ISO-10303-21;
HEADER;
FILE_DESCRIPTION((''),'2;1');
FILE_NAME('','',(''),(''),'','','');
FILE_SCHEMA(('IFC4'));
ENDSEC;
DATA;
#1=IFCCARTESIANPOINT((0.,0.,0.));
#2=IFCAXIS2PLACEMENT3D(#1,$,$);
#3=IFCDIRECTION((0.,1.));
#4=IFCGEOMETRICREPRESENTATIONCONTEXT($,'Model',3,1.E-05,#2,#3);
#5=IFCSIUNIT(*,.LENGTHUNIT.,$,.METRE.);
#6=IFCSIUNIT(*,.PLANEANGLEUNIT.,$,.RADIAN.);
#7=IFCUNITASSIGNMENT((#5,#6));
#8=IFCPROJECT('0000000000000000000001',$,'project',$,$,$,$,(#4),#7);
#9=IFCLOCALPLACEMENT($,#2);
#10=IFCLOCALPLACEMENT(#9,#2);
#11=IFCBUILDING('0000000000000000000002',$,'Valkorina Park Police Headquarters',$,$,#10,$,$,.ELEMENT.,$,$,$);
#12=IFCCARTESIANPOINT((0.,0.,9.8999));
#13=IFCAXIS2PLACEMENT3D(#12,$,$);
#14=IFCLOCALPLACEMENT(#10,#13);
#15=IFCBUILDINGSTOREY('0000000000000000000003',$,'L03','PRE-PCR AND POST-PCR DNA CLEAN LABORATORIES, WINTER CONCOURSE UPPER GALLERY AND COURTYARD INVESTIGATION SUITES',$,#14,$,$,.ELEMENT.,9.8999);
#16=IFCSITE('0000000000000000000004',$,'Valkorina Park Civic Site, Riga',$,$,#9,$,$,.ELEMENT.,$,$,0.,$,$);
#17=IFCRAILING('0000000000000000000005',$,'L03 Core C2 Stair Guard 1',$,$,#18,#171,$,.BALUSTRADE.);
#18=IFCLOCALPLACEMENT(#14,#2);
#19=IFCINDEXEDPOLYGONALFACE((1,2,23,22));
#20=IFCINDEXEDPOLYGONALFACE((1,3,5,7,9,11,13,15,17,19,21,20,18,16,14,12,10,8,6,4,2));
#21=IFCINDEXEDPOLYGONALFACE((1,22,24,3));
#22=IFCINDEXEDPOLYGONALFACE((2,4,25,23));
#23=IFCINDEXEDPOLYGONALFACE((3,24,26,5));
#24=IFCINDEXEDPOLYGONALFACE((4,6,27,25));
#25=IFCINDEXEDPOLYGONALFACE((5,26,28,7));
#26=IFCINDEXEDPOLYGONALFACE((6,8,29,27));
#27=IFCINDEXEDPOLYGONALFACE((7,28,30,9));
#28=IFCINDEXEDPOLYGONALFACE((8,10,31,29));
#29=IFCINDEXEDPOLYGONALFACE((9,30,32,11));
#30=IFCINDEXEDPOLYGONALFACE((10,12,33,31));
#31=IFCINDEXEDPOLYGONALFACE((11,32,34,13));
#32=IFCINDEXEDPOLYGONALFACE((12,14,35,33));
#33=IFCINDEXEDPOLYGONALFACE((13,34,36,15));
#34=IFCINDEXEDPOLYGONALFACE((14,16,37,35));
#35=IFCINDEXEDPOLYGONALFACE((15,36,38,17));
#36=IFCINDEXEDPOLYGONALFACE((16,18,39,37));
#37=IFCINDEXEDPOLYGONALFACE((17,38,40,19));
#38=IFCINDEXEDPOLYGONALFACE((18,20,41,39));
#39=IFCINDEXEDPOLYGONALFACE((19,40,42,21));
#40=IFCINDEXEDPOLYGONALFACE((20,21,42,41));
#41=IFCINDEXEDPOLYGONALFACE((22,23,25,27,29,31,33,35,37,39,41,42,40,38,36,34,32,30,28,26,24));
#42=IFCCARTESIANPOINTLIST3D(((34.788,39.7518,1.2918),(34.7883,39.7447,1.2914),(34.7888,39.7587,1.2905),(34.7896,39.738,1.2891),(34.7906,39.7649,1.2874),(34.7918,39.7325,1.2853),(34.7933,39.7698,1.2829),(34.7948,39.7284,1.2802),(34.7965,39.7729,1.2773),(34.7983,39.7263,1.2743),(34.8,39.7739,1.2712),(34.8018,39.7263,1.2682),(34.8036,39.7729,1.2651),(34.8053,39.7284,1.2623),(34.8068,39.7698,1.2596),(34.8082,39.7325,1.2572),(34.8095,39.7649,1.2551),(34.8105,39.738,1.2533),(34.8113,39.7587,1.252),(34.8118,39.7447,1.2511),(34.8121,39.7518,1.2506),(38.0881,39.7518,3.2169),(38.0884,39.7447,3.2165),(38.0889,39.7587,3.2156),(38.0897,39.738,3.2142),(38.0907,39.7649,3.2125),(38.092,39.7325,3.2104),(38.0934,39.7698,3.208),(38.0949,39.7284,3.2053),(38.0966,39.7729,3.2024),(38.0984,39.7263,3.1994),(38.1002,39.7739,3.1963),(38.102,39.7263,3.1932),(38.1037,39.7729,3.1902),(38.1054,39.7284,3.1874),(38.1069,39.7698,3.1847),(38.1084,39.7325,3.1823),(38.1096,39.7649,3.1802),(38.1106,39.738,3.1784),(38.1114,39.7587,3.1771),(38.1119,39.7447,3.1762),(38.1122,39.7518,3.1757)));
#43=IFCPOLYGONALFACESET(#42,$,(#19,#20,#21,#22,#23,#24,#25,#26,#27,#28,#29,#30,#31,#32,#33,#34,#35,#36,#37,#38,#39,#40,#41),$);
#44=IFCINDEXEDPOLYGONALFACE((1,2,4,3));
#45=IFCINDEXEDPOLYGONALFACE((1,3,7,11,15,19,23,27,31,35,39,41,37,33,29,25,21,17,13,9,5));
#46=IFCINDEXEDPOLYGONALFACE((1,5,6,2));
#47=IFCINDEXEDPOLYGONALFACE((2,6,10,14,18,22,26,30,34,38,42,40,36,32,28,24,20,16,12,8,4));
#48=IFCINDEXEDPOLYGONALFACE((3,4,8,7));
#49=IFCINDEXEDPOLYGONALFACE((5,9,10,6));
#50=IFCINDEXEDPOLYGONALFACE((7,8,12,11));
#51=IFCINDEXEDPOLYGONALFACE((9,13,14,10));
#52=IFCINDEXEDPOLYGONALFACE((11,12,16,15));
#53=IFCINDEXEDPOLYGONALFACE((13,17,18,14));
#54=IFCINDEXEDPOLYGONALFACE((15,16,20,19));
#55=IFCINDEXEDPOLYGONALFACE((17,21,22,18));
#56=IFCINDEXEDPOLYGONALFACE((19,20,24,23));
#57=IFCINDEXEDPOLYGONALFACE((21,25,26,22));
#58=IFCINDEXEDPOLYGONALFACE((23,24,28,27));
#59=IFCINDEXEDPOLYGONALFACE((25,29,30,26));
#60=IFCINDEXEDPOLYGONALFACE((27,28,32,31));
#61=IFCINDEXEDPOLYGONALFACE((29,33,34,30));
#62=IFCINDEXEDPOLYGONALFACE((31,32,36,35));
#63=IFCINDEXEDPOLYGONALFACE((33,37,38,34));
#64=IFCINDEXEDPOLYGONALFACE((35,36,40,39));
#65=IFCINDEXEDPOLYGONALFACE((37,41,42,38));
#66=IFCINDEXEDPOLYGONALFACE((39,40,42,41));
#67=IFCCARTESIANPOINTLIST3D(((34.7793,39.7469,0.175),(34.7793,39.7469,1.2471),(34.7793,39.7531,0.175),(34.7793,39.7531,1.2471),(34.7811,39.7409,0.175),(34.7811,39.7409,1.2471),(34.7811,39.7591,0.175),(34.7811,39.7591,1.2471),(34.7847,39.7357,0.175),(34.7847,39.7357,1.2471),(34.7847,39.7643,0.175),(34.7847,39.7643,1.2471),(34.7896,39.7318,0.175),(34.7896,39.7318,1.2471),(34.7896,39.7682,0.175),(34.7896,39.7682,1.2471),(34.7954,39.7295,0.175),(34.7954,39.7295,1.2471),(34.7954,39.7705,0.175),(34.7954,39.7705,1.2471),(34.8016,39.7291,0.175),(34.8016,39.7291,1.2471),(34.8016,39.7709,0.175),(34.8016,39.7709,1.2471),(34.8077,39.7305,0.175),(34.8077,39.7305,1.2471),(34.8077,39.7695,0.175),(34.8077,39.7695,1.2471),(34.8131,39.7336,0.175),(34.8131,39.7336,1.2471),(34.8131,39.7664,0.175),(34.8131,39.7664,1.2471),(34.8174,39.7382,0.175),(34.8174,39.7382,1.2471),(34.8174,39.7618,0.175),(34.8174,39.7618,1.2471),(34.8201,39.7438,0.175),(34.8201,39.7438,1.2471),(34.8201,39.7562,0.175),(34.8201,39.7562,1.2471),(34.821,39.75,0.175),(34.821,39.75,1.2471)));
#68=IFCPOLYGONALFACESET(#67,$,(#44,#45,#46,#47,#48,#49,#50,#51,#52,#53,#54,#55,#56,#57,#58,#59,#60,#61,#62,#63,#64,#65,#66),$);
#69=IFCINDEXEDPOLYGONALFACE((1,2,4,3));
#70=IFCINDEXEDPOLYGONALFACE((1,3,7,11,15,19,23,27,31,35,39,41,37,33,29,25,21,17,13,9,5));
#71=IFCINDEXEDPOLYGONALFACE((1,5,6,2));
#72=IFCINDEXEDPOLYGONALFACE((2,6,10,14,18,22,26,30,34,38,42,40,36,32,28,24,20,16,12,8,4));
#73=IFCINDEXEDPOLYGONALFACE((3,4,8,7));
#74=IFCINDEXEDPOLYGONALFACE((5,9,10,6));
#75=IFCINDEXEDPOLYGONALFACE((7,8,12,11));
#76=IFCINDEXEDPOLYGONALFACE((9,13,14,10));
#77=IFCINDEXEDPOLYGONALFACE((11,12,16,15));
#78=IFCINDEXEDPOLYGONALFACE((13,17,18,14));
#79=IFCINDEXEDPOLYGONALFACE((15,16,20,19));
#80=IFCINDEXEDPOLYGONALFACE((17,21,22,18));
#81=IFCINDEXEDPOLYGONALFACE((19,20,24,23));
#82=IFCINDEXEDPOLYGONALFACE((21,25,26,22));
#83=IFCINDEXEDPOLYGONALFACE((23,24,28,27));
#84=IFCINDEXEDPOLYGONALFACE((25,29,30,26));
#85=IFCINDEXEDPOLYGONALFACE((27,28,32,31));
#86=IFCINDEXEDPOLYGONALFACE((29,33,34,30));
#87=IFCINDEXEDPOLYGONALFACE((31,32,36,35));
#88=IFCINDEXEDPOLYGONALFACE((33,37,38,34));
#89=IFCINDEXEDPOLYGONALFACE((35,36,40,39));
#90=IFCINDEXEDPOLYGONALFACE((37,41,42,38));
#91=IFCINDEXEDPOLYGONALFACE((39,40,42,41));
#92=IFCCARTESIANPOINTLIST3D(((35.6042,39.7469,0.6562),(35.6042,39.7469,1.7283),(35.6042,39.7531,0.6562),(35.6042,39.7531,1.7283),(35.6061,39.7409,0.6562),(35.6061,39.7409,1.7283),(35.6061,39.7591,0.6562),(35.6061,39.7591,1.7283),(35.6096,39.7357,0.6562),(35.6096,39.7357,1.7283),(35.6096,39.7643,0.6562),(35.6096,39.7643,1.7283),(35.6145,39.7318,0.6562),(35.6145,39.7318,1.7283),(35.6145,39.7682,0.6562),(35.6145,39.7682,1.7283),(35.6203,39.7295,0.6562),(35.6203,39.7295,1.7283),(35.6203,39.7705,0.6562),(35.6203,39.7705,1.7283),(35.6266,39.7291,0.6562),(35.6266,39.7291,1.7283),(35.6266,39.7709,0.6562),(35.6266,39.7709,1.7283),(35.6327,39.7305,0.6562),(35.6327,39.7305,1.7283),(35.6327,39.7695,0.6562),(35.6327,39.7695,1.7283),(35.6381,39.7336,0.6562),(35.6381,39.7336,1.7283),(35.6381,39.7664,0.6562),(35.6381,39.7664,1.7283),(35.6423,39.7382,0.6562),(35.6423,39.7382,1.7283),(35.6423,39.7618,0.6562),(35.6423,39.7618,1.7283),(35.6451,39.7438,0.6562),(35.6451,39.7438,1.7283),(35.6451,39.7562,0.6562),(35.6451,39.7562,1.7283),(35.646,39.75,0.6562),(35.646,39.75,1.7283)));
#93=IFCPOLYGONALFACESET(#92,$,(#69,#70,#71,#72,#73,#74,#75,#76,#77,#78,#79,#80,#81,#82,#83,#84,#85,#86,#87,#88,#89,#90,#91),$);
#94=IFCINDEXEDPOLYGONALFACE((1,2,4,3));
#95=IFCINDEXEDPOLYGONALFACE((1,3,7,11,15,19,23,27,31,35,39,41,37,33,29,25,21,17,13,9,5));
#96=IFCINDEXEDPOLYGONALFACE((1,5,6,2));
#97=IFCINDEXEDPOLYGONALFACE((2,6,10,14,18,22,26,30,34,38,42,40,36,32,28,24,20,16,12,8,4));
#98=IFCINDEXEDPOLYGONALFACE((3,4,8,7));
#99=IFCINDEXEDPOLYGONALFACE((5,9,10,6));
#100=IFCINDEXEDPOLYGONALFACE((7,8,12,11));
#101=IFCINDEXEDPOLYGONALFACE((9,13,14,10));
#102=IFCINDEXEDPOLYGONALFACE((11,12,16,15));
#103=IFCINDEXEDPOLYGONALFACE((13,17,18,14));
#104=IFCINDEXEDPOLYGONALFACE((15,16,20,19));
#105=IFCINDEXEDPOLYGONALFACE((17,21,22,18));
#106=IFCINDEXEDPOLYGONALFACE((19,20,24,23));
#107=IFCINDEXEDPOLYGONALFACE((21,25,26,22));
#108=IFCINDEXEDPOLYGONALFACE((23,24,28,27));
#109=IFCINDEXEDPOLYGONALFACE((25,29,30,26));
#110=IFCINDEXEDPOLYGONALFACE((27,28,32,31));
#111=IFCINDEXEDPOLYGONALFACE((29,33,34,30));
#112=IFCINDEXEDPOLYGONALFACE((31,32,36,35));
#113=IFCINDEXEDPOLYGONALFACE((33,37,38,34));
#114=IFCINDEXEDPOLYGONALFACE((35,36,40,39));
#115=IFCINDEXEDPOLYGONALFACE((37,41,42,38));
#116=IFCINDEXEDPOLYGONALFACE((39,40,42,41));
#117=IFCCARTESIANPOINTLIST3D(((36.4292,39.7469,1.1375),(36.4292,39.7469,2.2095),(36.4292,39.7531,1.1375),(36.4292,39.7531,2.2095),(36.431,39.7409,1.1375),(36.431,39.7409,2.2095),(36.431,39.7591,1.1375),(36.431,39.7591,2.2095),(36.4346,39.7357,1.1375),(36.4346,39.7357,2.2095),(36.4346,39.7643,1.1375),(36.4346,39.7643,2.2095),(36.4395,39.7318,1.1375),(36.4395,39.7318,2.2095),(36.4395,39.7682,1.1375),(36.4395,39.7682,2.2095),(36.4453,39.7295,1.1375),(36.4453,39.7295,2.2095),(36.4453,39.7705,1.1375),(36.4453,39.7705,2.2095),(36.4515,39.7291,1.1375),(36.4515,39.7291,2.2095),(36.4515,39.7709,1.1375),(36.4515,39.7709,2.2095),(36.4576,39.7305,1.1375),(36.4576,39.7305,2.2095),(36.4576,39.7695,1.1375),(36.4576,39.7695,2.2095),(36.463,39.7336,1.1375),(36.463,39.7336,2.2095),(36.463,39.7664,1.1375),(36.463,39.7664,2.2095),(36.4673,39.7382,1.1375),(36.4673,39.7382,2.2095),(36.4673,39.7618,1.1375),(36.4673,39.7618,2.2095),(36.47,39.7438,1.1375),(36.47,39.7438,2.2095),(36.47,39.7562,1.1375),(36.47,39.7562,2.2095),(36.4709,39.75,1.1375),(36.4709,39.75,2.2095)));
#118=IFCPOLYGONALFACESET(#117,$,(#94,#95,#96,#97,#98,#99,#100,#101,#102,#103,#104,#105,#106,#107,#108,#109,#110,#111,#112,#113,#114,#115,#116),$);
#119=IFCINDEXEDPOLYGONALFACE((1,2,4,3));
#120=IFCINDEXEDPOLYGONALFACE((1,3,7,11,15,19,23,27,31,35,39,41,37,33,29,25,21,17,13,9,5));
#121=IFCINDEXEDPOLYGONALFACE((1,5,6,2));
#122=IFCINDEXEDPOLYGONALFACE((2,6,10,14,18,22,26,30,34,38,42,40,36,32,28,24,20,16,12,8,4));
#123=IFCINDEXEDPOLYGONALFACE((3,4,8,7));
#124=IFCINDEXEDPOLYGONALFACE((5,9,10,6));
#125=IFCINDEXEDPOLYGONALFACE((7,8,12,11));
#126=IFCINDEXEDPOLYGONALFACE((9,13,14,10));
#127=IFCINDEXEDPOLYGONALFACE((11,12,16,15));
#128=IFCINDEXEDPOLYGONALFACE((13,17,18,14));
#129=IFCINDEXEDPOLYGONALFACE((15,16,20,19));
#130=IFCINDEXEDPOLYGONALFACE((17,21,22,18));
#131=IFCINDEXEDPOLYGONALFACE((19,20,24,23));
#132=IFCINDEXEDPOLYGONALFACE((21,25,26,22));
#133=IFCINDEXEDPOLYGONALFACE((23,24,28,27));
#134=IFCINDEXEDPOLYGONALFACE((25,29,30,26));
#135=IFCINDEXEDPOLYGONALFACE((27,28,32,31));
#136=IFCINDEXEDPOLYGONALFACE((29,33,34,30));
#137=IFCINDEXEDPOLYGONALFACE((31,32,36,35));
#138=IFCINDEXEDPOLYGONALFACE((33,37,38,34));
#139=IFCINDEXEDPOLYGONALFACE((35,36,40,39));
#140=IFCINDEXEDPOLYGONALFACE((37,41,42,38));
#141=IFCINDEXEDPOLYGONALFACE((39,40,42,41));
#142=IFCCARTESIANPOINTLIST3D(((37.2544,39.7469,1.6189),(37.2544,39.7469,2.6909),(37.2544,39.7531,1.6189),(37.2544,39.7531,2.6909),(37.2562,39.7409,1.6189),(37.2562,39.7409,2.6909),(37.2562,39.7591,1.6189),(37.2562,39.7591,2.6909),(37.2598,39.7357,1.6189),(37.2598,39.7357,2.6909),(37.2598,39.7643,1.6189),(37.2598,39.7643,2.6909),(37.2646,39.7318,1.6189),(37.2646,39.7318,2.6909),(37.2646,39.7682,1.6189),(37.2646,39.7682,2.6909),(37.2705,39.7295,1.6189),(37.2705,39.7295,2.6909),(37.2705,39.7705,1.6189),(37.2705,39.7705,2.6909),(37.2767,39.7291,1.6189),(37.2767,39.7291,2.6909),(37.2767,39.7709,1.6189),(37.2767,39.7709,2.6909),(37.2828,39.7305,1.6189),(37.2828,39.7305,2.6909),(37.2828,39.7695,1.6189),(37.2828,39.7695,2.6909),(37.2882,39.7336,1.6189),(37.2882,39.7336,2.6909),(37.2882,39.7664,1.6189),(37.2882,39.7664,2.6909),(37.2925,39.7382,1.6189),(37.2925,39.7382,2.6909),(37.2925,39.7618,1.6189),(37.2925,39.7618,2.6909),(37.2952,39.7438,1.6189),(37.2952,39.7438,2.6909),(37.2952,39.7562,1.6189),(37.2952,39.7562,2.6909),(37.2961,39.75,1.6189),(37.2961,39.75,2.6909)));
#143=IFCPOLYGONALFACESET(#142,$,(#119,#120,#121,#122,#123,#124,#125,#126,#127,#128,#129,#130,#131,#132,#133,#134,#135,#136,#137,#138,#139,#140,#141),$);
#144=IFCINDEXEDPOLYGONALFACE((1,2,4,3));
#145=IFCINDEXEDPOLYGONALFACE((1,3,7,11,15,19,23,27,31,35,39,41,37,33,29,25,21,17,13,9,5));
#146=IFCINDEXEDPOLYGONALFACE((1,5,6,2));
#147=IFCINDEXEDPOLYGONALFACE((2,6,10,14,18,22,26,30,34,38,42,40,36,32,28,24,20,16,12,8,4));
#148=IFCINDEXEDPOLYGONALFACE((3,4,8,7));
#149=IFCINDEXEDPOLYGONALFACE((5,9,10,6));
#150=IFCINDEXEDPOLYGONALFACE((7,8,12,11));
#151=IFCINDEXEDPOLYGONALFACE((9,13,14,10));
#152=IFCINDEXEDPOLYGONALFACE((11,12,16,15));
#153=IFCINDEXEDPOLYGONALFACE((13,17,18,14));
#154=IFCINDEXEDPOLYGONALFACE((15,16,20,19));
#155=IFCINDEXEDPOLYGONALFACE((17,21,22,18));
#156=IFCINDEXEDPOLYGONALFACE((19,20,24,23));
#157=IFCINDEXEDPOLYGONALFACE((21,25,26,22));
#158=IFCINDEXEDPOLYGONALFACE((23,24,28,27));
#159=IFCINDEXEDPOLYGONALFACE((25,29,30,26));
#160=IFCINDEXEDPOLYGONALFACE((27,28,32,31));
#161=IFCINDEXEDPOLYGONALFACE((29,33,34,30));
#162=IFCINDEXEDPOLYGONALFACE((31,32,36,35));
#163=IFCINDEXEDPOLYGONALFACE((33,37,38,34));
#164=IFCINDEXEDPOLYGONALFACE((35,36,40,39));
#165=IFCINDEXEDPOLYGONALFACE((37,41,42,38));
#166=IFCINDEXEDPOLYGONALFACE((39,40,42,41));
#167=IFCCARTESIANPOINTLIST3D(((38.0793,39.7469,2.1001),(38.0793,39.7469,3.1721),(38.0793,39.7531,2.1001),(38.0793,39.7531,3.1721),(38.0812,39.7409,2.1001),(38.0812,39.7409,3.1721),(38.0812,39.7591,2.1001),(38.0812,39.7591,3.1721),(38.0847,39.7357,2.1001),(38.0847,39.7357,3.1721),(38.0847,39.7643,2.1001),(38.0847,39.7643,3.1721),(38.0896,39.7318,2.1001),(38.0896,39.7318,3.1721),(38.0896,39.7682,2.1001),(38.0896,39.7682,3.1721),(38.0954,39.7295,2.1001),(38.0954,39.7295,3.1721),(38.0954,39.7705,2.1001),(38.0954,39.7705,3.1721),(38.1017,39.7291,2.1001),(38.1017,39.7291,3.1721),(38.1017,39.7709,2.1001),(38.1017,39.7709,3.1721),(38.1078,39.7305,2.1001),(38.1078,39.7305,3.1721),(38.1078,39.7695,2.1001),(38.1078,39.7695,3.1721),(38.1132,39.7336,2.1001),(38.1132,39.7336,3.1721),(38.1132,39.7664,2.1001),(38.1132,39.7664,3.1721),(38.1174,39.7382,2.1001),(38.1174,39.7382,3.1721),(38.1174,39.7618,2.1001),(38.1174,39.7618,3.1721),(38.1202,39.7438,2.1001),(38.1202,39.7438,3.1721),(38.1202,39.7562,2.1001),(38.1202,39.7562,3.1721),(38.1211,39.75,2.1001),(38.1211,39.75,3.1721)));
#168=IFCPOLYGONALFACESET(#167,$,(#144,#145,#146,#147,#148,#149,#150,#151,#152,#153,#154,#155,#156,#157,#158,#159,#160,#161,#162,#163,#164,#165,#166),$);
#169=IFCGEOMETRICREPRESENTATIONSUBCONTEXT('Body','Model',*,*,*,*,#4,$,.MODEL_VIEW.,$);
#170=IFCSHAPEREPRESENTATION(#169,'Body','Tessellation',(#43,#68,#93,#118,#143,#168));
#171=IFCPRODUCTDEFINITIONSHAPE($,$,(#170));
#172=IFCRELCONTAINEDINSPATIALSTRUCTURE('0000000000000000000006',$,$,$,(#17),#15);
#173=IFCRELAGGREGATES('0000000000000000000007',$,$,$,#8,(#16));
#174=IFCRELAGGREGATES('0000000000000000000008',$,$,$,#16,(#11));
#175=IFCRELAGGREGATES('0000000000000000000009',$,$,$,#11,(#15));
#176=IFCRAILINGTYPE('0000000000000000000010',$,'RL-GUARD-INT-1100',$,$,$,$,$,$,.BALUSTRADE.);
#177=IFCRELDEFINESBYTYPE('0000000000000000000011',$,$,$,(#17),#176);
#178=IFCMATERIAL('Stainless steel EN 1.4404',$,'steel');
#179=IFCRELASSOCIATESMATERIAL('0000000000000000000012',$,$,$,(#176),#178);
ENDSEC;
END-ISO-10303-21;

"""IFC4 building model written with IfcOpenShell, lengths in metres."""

from ifc_helpers import new_model, si_unit, direction, frame, origin, origin_2d, place, context, subcontext, project, spatial, circle, extrude, material, type_object, element, save


model = new_model("IFC4")

# Units and contexts
model_context = context("Model", 3, precision=1e-05, world=origin(), true_north=direction((0.0, 1.0)))
body_context = subcontext(model_context, "Body", "Model", "MODEL_VIEW")
ifc_project = project(units=[si_unit("LENGTHUNIT", "METRE"), si_unit("PLANEANGLEUNIT", "RADIAN")], contexts=[model_context])

# Site, building, storey
site_placement = place(None, origin())
site = spatial("IfcSite", under=ifc_project, at=site_placement, Name="Valkorina Park Civic Site, Riga", CompositionType="ELEMENT", RefElevation=0.0)
building_placement = place(site_placement, origin())
building = spatial("IfcBuilding", under=site, at=building_placement, Name="Valkorina Park Police Headquarters", CompositionType="ELEMENT")
storey_placement = place(building_placement, frame((0.0, 0.0, 9.8999)))
storey = spatial("IfcBuildingStorey", under=building, at=storey_placement, Name="L03", Description="PRE-PCR AND POST-PCR DNA CLEAN LABORATORIES, WINTER CONCOURSE UPPER GALLERY AND COURTYARD INVESTIGATION SUITES", CompositionType="ELEMENT", Elevation=9.8999)

# Shared definitions
ifc_material_1 = material(Name="Stainless steel EN 1.4404", Category="steel")

# Railing
railing_type_1 = type_object("IfcRailingType", Name="RL-GUARD-INT-1100", PredefinedType="BALUSTRADE", material=ifc_material_1)
railing_1_placement = place(storey_placement, frame((34.8, 39.75, 0.175)))
element("IfcRailing", 1, at=railing_1_placement, inside=storey, type_object=railing_type_1, Name="L03 Core C2 Stair Guard 1", PredefinedType="BALUSTRADE", context=body_context, shape_type="SweptSolid", body=[
    extrude(circle(Radius=0.0239, at=origin_2d()), frame((0.0, 0.0, 1.0962), z_axis=(0.863777, 0.0, 0.503875), x_axis=(0.0, 1.0, 0.0)), (0.0, 0.0, 1.0), 3.8206),
    extrude(circle(Radius=0.021, at=origin_2d()), origin(), (0.0, 0.0, 1.0), 1.072),
    extrude(circle(Radius=0.021, at=origin_2d()), frame((0.825, 0.0, 0.4812)), (0.0, 0.0, 1.0), 1.072),
    extrude(circle(Radius=0.021, at=origin_2d()), frame((1.6499, 0.0, 0.9624)), (0.0, 0.0, 1.0), 1.072),
    extrude(circle(Radius=0.021, at=origin_2d()), frame((2.4751, 0.0, 1.4438)), (0.0, 0.0, 1.0), 1.072),
    extrude(circle(Radius=0.021, at=origin_2d()), frame((3.3, 0.0, 1.925)), (0.0, 0.0, 1.0), 1.072),
])

save(model, "model.ifc")
